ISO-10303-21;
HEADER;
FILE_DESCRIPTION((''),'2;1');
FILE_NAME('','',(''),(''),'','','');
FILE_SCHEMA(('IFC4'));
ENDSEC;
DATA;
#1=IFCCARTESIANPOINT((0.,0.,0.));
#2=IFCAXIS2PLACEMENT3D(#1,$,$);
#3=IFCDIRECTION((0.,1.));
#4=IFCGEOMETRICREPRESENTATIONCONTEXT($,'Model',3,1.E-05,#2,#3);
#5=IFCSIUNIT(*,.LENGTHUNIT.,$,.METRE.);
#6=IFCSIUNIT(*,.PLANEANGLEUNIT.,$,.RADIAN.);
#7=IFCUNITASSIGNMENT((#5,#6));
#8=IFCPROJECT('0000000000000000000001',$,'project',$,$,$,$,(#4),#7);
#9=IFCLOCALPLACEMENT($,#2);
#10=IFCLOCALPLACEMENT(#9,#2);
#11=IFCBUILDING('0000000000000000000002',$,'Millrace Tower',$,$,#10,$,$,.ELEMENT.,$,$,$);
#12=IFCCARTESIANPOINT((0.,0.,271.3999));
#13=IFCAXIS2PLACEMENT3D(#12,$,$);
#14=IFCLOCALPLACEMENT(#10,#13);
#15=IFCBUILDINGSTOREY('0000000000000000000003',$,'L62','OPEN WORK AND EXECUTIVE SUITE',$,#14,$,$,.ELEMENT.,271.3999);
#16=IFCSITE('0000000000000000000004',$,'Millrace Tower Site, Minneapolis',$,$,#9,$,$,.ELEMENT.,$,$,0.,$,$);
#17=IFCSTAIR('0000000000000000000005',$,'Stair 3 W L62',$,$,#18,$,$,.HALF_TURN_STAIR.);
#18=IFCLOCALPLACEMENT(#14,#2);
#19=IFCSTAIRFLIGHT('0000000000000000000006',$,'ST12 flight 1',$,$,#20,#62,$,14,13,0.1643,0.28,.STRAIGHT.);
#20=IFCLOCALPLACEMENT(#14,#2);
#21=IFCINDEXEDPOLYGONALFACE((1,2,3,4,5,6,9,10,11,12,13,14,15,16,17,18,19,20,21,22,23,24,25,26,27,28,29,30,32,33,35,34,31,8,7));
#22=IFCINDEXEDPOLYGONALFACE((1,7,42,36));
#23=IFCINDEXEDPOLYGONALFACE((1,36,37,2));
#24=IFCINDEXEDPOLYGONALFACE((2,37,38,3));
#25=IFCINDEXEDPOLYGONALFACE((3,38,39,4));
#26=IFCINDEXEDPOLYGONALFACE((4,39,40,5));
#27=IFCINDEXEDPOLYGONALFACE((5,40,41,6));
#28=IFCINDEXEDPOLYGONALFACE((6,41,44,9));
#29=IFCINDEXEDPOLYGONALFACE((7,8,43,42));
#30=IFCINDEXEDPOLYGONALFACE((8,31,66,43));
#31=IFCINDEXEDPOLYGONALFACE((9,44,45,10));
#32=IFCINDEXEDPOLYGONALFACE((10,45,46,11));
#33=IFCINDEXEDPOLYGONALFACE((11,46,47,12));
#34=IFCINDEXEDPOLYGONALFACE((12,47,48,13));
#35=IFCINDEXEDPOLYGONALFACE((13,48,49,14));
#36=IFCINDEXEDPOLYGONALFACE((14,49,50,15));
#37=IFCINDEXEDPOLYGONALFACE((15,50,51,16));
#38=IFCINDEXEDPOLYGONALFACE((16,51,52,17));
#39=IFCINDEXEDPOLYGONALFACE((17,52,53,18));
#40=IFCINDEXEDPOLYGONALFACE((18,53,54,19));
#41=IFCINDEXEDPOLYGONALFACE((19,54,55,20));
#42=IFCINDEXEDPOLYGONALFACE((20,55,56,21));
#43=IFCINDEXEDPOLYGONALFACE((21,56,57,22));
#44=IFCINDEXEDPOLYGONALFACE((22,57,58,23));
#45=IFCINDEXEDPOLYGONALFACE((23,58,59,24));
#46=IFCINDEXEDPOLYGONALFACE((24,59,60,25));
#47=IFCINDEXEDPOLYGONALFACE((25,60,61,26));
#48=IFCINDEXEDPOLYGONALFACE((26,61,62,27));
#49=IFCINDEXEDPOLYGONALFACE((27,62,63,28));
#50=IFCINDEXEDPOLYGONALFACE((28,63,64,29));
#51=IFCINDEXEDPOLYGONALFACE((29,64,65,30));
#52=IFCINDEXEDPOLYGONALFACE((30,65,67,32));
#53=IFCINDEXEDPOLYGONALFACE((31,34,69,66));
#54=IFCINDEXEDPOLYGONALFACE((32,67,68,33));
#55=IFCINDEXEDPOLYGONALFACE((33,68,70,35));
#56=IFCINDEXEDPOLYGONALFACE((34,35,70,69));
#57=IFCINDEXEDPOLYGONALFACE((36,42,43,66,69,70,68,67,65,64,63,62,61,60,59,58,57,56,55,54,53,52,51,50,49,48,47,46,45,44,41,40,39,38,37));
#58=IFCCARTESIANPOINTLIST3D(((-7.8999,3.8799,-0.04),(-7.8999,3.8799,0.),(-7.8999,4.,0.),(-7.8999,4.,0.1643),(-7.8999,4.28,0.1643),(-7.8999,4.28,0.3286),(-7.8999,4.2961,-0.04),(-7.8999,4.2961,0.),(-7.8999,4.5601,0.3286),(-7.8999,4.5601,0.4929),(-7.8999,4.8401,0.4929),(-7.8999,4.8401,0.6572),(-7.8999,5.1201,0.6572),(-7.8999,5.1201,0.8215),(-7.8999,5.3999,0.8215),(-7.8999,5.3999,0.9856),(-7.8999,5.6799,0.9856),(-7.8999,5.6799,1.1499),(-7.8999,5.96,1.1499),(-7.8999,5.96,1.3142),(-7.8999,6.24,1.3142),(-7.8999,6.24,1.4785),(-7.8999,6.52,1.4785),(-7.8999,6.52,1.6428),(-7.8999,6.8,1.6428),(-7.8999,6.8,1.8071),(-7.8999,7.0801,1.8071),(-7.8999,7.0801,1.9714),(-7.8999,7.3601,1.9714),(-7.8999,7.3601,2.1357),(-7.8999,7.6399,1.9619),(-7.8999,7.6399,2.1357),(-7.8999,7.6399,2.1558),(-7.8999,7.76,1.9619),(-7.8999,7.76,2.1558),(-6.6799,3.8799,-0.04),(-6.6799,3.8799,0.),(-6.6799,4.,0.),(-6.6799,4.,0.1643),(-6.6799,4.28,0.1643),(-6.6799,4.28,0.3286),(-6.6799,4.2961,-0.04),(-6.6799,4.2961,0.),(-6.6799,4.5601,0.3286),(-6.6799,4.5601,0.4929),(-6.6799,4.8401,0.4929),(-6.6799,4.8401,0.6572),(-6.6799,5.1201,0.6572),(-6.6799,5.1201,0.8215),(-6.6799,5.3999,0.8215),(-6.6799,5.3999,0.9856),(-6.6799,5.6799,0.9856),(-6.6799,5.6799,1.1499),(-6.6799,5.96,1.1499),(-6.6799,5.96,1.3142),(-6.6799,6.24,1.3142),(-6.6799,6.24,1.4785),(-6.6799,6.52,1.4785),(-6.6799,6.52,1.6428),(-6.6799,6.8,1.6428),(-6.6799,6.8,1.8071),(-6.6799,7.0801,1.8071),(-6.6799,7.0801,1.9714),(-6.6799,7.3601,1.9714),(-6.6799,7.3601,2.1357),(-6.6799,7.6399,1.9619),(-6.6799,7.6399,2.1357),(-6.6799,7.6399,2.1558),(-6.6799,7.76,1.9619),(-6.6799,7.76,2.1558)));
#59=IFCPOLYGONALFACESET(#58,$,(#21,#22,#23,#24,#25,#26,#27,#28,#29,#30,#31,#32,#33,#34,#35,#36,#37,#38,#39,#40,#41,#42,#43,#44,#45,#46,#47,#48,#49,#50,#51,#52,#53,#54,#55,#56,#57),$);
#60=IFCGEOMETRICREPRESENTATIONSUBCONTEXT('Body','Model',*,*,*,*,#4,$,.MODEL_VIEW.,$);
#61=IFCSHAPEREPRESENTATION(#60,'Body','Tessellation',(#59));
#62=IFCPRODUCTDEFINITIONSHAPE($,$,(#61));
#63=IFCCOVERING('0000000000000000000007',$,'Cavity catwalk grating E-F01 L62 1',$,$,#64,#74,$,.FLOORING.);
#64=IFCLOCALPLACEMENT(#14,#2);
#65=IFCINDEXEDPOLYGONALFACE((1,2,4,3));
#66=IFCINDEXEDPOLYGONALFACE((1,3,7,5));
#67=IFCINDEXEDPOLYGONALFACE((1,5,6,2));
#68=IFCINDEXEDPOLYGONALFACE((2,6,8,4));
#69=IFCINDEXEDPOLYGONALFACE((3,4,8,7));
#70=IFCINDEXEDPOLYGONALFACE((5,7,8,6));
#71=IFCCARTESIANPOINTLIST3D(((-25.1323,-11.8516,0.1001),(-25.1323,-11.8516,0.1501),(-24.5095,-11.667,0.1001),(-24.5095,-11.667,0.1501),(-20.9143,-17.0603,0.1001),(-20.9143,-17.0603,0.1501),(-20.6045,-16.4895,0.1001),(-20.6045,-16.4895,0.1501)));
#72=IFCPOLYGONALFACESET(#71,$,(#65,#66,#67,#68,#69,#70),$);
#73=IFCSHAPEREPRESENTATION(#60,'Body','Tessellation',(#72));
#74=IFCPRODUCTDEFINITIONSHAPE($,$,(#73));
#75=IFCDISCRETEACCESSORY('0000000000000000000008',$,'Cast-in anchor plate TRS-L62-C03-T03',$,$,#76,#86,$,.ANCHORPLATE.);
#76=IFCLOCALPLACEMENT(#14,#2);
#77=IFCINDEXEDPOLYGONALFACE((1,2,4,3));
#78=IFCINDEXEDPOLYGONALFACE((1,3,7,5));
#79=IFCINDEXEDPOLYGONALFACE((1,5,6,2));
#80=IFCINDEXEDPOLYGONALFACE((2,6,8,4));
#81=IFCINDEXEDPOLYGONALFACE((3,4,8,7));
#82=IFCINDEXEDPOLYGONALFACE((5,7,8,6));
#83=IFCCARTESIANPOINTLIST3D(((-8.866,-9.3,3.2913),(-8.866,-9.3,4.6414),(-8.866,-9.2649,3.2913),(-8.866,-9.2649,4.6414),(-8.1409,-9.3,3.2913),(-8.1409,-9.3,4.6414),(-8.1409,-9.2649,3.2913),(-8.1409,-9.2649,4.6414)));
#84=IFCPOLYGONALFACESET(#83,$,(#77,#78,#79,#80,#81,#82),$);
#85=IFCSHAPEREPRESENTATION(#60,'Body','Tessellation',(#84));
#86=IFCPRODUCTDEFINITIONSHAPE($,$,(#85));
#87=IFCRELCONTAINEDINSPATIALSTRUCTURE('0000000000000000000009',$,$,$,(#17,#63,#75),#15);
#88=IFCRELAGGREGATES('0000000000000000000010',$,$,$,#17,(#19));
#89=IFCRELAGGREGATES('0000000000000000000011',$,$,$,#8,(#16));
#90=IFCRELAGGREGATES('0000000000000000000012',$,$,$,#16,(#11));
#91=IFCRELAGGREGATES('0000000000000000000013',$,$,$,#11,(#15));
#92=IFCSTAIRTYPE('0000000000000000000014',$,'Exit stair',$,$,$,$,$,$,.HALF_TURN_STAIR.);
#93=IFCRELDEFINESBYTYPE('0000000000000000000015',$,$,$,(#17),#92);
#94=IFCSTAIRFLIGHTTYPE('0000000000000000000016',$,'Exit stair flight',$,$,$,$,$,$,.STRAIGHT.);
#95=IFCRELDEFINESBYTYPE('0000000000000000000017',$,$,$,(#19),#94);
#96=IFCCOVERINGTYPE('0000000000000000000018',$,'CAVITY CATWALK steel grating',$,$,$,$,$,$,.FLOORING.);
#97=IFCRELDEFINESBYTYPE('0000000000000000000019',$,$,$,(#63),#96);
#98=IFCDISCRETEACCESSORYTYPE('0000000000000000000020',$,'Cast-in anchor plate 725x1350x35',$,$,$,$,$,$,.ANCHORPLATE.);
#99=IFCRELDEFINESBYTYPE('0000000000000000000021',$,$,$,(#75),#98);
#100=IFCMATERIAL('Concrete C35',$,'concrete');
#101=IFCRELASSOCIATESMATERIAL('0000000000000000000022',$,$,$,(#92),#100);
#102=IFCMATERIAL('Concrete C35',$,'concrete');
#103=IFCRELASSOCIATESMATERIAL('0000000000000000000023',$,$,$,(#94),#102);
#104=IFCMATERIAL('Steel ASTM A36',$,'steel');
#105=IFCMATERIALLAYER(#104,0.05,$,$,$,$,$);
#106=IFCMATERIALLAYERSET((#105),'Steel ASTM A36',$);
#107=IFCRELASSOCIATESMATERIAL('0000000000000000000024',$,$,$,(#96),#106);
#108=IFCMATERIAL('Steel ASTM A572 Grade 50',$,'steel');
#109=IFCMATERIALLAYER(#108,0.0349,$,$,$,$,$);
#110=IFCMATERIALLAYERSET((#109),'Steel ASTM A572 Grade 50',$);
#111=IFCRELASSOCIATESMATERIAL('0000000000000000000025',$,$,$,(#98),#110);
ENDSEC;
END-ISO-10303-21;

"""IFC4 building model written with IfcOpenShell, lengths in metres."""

from ifc_helpers import new_model, si_unit, direction, frame, origin, origin_2d, place, context, subcontext, project, spatial, polyline, rectangle, outline, extrude, material, layer, layer_set, type_object, element, aggregate, save


model = new_model("IFC4")

# Units and contexts
model_context = context("Model", 3, precision=1e-05, world=origin(), true_north=direction((0.0, 1.0)))
body_context = subcontext(model_context, "Body", "Model", "MODEL_VIEW")
ifc_project = project(units=[si_unit("LENGTHUNIT", "METRE"), si_unit("PLANEANGLEUNIT", "RADIAN")], contexts=[model_context])

# Site, building, storey
site_placement = place(None, origin())
site = spatial("IfcSite", under=ifc_project, at=site_placement, Name="Millrace Tower Site, Minneapolis", CompositionType="ELEMENT", RefElevation=0.0)
building_placement = place(site_placement, origin())
building = spatial("IfcBuilding", under=site, at=building_placement, Name="Millrace Tower", CompositionType="ELEMENT")
storey_placement = place(building_placement, frame((0.0, 0.0, 271.3999)))
storey = spatial("IfcBuildingStorey", under=building, at=storey_placement, Name="L62", Description="OPEN WORK AND EXECUTIVE SUITE", CompositionType="ELEMENT", Elevation=271.3999)

# Shared definitions
placement_1 = place(storey_placement, origin())

# Stair, stair flight
ifc_material_1 = material(Name="Concrete C35", Category="concrete")
stair_type = type_object("IfcStairType", Name="Exit stair", PredefinedType="HALF_TURN_STAIR", material=ifc_material_1)
stair = element("IfcStair", 1, at=placement_1, inside=storey, type_object=stair_type, Name="Stair 3 W L62", PredefinedType="HALF_TURN_STAIR")
ifc_material_2 = material(Name="Concrete C35", Category="concrete")
stair_flight_type = type_object("IfcStairFlightType", Name="Exit stair flight", PredefinedType="STRAIGHT", material=ifc_material_2)
stair_flight_placement = place(storey_placement, frame((-7.29, 4.0, 0.0), z_axis=(0.0, 0.0, 1.0), x_axis=(0.0, 1.0, 0.0)))
stair_flight = element("IfcStairFlight", 2, at=stair_flight_placement, type_object=stair_flight_type, Name="ST12 flight 1", NumberOfRisers=14, NumberOfTreads=13, PredefinedType="STRAIGHT", RiserHeight=0.1643, TreadLength=0.28, context=body_context, shape_type="SweptSolid", body=[
    extrude(outline(polyline([(-0.1201, -0.04), (-0.1201, 0.0), (0.0, 0.0), (0.0, 0.1643), (0.28, 0.1643), (0.28, 0.3286), (0.5601, 0.3286), (0.5601, 0.4929), (0.8401, 0.4929), (0.8401, 0.6572), (1.1201, 0.6572), (1.1201, 0.8215), (1.3999, 0.8215), (1.3999, 0.9856), (1.6799, 0.9856), (1.6799, 1.1499), (1.96, 1.1499), (1.96, 1.3142), (2.24, 1.3142), (2.24, 1.4785), (2.52, 1.4785), (2.52, 1.6428), (2.8, 1.6428), (2.8, 1.8071), (3.0801, 1.8071), (3.0801, 1.9714), (3.3601, 1.9714), (3.3601, 2.1357), (3.6399, 2.1357), (3.6399, 2.1558), (3.76, 2.1558), (3.76, 1.9619), (3.6399, 1.9619), (0.2961, 0.0), (0.2961, -0.04), (-0.1201, -0.04)])), frame((0.0, 0.6099, 0.0), z_axis=(0.0, -1.0, 0.0), x_axis=(1.0, 0.0, 0.0)), (0.0, 0.0, 1.0), 1.22),
])
aggregate(stair, [stair_flight])

# Covering
ifc_material_3 = material(Name="Steel ASTM A36", Category="steel")
ifc_layer_1 = layer(ifc_material_3, 0.05)
ifc_layer_set_1 = layer_set([ifc_layer_1], Name="Steel ASTM A36")
covering_type = type_object("IfcCoveringType", Name="CAVITY CATWALK steel grating", PredefinedType="FLOORING", material=ifc_layer_set_1)
covering_placement = place(storey_placement, frame((0.0, 0.0, 0.1001)))
element("IfcCovering", 3, at=covering_placement, inside=storey, type_object=covering_type, Name="Cavity catwalk grating E-F01 L62 1", PredefinedType="FLOORING", context=body_context, shape_type="SweptSolid", body=[
    extrude(outline(polyline([(-25.1323, -11.8516), (-20.9143, -17.0603), (-20.6045, -16.4895), (-24.5095, -11.667), (-25.1323, -11.8516)])), origin(), (0.0, 0.0, 1.0), 0.05),
])

# Discrete accessory
ifc_material_4 = material(Name="Steel ASTM A572 Grade 50", Category="steel")
ifc_layer_2 = layer(ifc_material_4, 0.0349)
ifc_layer_set_2 = layer_set([ifc_layer_2], Name="Steel ASTM A572 Grade 50")
discrete_accessory_type = type_object("IfcDiscreteAccessoryType", Name="Cast-in anchor plate 725x1350x35", PredefinedType="ANCHORPLATE", material=ifc_layer_set_2)
discrete_accessory_placement = place(storey_placement, frame((-8.5034, -9.2649, 3.9663), z_axis=(0.0, -1.0, 0.0), x_axis=(1.0, 0.0, 0.0)))
element("IfcDiscreteAccessory", 4, at=discrete_accessory_placement, inside=storey, type_object=discrete_accessory_type, Name="Cast-in anchor plate TRS-L62-C03-T03", PredefinedType="ANCHORPLATE", context=body_context, shape_type="SweptSolid", body=[
    extrude(rectangle(XDim=0.7251, YDim=1.3501, at=origin_2d()), origin(), (0.0, 0.0, 1.0), 0.0352),
])

save(model, "model.ifc")
